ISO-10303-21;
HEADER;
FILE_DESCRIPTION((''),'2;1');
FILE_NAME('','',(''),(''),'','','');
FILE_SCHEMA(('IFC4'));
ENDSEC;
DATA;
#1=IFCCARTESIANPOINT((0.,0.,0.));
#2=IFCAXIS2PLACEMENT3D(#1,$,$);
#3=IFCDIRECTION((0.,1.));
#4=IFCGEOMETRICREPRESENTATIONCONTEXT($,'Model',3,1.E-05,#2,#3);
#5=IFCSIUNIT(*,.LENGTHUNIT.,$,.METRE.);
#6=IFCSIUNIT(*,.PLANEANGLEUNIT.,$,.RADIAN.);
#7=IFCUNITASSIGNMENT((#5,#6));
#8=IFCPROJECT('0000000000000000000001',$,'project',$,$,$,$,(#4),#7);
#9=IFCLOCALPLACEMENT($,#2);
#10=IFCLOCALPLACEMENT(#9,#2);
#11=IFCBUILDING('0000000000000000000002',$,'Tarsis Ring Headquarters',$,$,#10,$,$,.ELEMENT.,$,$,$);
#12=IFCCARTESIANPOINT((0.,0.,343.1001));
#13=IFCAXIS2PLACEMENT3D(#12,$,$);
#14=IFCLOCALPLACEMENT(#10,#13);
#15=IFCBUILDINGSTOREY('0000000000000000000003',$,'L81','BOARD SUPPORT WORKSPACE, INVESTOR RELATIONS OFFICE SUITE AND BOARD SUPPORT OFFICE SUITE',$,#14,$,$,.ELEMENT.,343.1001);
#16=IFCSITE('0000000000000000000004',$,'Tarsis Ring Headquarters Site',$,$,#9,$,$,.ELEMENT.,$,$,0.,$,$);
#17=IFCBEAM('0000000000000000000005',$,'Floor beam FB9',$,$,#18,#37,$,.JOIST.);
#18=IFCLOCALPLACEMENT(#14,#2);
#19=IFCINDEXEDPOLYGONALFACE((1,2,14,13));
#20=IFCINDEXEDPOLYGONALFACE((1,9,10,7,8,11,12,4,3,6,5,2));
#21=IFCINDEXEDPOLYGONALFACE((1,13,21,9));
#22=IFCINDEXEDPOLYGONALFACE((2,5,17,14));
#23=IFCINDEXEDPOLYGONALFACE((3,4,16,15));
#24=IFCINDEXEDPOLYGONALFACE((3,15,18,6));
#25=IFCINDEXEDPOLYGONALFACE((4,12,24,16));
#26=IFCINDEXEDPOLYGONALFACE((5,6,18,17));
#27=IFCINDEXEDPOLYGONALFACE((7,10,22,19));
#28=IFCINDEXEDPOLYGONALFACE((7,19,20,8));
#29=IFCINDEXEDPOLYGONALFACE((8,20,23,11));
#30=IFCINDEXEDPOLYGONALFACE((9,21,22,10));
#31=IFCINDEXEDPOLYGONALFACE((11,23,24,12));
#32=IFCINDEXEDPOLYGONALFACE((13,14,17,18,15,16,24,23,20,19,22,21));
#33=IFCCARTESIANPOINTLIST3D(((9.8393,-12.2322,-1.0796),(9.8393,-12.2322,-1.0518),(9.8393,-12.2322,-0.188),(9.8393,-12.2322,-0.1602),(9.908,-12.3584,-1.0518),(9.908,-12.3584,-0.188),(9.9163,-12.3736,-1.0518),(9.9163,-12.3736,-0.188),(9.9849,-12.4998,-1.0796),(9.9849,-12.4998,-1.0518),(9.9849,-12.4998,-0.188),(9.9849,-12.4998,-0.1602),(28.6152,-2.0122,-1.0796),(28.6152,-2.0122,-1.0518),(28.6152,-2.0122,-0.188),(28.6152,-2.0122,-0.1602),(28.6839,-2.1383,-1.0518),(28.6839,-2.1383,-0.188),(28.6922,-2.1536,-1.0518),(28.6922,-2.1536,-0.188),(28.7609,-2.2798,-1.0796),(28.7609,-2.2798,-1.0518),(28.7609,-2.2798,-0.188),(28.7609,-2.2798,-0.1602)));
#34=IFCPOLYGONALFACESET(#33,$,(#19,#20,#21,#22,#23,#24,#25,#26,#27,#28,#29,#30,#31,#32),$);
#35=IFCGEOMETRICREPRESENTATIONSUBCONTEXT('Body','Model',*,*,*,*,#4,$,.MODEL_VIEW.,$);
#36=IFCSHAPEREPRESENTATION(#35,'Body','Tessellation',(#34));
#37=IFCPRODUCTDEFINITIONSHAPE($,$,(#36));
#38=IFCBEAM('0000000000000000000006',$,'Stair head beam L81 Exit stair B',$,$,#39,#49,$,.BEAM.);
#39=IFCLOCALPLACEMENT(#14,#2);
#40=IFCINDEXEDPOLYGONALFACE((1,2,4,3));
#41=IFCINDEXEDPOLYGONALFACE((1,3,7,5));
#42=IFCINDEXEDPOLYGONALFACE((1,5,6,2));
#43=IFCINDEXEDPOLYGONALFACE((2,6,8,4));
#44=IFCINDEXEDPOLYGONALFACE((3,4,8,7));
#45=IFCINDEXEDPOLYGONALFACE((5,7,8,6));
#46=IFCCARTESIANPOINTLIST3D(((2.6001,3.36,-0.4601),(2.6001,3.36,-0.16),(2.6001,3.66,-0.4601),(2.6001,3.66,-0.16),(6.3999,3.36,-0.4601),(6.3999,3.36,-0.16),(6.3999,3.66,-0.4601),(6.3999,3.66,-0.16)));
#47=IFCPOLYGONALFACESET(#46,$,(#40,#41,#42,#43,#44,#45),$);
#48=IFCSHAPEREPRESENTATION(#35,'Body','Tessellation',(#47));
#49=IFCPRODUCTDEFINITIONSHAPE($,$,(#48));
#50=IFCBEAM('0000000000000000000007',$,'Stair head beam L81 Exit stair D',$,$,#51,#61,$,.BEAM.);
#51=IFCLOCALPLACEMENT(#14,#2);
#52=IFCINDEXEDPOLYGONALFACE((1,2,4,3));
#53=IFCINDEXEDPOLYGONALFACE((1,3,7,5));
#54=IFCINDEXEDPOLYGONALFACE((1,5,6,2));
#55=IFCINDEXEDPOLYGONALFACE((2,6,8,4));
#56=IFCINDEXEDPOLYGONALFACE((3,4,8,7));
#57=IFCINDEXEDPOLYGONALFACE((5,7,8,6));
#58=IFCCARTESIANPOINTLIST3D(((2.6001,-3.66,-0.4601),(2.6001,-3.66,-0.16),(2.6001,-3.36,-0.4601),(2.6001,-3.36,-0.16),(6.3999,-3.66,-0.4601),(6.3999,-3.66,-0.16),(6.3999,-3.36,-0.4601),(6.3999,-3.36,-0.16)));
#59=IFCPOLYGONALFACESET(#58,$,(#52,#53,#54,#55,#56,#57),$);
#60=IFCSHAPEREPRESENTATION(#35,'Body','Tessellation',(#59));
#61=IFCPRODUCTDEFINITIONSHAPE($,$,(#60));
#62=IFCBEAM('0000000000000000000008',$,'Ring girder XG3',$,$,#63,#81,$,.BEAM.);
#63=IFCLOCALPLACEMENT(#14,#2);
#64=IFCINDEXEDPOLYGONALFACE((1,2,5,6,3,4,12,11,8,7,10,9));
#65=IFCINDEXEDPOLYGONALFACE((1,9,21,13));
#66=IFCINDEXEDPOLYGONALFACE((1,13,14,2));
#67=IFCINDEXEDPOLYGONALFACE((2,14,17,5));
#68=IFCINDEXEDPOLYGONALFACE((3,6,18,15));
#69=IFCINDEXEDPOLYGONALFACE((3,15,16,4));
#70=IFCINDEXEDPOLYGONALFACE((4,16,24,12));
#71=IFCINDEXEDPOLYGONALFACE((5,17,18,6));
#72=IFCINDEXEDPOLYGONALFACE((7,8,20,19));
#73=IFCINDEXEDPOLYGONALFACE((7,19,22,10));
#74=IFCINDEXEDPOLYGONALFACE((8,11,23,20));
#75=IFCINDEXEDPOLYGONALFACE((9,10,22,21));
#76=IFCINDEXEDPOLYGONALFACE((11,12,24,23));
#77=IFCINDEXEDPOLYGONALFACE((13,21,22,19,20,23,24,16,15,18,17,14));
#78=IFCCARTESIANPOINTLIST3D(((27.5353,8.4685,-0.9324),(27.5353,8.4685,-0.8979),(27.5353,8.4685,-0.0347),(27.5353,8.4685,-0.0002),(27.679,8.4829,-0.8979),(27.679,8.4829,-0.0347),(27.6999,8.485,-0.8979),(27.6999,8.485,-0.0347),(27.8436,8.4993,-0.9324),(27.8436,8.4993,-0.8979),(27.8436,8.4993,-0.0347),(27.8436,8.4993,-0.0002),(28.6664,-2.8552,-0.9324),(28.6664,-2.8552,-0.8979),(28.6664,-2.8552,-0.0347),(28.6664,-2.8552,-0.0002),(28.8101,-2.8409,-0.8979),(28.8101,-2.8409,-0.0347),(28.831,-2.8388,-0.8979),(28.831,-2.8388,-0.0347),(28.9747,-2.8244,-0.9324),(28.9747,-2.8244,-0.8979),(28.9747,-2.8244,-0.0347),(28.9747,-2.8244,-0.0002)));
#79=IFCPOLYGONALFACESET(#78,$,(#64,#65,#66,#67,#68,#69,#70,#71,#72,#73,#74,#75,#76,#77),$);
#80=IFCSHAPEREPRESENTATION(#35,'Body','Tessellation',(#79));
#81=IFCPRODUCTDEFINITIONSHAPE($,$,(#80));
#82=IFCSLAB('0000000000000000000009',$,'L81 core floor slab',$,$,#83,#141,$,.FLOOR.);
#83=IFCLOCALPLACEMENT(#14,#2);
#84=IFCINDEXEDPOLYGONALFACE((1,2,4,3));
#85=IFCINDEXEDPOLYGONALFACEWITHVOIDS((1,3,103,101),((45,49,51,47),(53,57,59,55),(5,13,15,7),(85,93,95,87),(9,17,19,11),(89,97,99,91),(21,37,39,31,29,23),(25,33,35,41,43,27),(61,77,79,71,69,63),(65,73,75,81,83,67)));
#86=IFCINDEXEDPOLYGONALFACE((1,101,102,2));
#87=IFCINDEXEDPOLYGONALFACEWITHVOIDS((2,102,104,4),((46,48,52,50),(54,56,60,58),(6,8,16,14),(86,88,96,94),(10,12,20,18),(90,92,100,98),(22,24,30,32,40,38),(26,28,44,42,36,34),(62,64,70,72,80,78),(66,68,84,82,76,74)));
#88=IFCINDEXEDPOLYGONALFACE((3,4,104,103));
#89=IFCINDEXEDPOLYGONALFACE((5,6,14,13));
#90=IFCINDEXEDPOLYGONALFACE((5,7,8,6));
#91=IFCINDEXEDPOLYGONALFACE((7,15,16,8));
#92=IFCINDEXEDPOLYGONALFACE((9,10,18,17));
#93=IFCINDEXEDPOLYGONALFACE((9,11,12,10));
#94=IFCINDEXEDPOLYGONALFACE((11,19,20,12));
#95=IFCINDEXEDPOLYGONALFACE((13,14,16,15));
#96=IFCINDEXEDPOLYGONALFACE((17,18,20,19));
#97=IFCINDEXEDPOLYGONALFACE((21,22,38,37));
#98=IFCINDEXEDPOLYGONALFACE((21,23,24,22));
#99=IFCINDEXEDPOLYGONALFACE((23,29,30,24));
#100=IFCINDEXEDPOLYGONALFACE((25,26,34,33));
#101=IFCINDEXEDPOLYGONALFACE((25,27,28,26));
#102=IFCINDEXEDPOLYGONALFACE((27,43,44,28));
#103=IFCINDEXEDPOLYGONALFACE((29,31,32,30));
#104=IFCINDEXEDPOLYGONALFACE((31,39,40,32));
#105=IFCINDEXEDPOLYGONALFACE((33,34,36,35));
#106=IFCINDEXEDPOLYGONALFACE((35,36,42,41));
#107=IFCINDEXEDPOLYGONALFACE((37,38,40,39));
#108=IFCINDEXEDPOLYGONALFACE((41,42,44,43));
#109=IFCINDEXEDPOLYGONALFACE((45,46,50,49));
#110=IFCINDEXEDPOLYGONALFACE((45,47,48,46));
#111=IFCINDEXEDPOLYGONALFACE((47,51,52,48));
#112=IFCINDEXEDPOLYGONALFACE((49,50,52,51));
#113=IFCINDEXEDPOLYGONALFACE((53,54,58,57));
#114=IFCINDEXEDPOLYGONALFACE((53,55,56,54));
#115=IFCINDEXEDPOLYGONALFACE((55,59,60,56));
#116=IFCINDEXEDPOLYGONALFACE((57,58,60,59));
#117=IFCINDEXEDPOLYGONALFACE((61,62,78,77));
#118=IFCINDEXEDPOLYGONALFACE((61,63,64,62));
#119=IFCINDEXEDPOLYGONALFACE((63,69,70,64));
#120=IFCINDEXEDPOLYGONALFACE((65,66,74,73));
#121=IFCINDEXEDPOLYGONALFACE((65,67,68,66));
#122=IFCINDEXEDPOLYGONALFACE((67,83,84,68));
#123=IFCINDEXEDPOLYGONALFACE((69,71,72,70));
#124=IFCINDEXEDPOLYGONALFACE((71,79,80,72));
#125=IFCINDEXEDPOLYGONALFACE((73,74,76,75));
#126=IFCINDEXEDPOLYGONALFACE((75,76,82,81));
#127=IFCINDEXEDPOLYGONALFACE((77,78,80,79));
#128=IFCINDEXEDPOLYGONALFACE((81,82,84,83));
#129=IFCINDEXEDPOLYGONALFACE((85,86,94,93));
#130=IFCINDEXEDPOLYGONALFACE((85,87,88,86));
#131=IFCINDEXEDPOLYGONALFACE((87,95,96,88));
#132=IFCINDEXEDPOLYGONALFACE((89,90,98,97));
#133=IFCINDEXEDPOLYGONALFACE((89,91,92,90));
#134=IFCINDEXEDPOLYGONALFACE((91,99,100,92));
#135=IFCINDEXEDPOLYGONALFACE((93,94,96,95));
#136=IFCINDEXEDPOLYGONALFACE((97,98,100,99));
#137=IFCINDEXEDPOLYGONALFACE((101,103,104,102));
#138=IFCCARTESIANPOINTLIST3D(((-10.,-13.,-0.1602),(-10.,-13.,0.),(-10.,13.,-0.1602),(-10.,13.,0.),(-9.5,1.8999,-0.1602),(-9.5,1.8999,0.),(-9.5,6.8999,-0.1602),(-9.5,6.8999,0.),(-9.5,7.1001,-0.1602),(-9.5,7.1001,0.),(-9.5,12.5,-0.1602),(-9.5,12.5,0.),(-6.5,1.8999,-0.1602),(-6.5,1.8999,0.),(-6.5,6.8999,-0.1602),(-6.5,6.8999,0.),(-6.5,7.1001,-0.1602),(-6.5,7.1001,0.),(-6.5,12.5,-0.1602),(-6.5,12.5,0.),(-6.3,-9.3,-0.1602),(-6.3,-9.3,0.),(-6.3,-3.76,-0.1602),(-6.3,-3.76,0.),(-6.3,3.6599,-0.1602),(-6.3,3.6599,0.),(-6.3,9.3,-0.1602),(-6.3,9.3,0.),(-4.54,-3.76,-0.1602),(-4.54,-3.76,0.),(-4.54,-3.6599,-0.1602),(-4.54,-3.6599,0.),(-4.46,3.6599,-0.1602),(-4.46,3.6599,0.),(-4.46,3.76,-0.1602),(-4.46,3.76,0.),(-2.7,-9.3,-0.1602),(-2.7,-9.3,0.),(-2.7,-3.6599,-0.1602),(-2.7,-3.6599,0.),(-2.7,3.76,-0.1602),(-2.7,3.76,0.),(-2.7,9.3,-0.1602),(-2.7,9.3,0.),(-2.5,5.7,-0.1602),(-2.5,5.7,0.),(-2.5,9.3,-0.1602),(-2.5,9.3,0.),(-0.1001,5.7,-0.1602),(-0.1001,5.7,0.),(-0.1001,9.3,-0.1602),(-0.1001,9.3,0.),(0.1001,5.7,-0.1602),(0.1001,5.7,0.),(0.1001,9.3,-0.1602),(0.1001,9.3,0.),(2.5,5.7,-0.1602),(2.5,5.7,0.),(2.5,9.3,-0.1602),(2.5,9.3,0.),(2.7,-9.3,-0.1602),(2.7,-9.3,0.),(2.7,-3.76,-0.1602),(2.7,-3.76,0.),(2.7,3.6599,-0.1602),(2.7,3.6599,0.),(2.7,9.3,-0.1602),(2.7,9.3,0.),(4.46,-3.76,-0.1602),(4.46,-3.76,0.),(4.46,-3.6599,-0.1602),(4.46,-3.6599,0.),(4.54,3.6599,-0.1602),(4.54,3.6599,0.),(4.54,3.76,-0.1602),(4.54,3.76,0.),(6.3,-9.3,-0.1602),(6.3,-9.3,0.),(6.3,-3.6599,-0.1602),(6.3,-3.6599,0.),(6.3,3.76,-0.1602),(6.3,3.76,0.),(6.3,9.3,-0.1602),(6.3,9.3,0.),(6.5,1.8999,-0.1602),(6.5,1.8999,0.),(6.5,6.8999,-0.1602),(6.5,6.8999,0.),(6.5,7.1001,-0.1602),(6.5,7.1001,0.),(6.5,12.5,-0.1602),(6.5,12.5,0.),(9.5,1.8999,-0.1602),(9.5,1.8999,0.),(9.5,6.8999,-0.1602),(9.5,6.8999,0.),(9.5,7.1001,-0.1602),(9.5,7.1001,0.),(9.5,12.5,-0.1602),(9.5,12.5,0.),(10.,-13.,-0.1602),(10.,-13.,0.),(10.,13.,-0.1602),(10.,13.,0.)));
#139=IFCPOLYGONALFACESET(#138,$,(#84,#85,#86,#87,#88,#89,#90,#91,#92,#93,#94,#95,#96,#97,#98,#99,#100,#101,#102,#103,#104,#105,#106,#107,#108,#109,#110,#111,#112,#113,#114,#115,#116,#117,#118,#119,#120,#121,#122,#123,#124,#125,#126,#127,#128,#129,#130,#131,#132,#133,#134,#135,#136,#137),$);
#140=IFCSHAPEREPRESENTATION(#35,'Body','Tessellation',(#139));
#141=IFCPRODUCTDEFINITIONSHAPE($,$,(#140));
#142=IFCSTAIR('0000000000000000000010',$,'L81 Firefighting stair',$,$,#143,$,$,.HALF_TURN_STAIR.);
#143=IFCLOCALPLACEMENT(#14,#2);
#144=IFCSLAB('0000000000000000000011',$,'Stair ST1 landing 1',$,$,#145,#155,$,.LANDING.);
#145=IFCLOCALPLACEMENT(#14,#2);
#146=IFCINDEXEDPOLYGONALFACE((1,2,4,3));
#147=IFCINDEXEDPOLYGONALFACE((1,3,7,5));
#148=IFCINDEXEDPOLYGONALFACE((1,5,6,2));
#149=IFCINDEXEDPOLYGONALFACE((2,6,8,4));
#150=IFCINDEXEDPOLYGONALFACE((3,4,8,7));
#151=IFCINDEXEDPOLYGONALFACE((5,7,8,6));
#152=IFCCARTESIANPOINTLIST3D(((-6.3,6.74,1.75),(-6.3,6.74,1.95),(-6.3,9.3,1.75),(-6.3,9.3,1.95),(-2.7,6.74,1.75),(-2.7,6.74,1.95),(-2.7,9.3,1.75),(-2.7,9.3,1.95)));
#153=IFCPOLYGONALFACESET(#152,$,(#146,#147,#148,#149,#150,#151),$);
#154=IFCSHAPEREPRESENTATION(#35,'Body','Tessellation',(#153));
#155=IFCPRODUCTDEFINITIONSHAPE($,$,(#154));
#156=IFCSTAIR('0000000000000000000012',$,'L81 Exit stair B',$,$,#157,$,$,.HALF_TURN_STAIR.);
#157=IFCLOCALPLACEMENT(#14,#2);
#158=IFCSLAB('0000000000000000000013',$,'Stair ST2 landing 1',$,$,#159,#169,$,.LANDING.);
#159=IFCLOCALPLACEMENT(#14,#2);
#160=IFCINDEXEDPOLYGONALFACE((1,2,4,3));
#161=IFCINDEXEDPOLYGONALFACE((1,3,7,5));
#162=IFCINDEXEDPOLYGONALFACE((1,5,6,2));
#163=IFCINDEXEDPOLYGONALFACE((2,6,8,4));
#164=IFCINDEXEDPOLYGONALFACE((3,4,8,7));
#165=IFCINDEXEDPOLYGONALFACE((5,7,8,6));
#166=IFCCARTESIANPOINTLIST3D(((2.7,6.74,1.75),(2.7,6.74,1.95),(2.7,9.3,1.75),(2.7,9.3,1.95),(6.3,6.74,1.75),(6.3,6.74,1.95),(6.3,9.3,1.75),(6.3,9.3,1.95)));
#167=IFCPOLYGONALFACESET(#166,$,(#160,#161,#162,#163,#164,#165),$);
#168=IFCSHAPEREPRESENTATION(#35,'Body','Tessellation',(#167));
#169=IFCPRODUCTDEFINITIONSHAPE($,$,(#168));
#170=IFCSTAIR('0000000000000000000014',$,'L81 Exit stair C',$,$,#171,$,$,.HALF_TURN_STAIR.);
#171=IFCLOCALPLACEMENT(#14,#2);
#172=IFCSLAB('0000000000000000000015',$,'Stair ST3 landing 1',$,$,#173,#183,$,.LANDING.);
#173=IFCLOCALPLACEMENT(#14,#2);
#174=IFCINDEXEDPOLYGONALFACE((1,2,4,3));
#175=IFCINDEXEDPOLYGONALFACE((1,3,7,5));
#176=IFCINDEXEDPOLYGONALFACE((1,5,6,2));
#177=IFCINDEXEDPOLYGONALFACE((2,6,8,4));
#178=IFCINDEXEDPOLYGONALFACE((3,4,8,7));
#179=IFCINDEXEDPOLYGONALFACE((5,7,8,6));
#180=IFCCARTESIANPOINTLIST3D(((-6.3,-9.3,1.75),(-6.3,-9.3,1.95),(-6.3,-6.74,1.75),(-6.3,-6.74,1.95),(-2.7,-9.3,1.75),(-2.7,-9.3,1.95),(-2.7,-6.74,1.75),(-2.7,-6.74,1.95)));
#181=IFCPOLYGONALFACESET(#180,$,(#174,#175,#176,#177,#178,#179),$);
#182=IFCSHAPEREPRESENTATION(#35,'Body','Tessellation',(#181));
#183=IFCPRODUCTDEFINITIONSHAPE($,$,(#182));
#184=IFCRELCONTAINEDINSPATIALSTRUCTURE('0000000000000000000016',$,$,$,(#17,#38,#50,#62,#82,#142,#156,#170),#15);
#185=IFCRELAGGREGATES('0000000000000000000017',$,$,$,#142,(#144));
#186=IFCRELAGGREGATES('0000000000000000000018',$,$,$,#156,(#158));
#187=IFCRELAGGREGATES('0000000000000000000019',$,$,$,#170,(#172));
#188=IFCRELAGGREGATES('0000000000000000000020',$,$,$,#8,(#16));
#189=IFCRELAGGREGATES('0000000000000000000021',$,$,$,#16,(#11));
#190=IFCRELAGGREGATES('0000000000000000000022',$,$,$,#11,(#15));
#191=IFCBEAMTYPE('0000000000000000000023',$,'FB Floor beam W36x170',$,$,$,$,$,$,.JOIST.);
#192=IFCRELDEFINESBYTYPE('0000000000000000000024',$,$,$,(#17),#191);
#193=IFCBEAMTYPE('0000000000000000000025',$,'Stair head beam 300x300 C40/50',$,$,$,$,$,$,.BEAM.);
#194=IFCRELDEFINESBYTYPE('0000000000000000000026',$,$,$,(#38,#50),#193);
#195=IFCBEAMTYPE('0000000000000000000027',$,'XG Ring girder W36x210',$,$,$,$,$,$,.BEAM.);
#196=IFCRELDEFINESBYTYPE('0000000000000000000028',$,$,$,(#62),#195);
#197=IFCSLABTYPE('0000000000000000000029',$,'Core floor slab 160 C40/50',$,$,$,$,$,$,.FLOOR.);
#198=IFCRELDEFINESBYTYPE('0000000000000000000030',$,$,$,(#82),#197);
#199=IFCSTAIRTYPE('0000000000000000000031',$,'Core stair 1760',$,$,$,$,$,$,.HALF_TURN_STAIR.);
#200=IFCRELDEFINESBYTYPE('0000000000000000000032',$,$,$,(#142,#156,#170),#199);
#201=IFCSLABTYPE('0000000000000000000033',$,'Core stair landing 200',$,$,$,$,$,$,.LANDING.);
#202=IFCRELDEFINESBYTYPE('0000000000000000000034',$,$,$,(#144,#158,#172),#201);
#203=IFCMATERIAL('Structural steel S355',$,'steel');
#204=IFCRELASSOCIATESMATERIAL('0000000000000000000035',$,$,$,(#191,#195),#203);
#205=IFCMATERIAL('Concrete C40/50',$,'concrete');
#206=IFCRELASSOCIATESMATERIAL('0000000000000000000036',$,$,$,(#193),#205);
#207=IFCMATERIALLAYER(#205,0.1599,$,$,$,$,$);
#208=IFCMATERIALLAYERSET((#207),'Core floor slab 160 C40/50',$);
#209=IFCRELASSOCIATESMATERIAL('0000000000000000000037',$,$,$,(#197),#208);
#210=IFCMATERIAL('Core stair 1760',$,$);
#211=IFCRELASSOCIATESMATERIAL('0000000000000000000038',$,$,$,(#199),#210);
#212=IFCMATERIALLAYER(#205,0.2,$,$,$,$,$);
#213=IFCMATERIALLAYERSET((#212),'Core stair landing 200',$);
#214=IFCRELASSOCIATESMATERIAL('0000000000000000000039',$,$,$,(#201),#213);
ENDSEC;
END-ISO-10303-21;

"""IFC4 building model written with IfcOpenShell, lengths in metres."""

from ifc_helpers import new_model, si_unit, direction, frame, origin, origin_2d, place, context, subcontext, project, spatial, polyline, rectangle, i_section, outline, extrude, material, layer, layer_set, material_profile, profile_set, type_object, element, aggregate, save


model = new_model("IFC4")

# Units and contexts
model_context = context("Model", 3, precision=1e-05, world=origin(), true_north=direction((0.0, 1.0)))
body_context = subcontext(model_context, "Body", "Model", "MODEL_VIEW")
ifc_project = project(units=[si_unit("LENGTHUNIT", "METRE"), si_unit("PLANEANGLEUNIT", "RADIAN")], contexts=[model_context])

# Site, building, storey
site_placement = place(None, origin())
site = spatial("IfcSite", under=ifc_project, at=site_placement, Name="Tarsis Ring Headquarters Site", CompositionType="ELEMENT", RefElevation=0.0)
building_placement = place(site_placement, origin())
building = spatial("IfcBuilding", under=site, at=building_placement, Name="Tarsis Ring Headquarters", CompositionType="ELEMENT")
storey_placement = place(building_placement, frame((0.0, 0.0, 343.1001)))
storey = spatial("IfcBuildingStorey", under=building, at=storey_placement, Name="L81", Description="BOARD SUPPORT WORKSPACE, INVESTOR RELATIONS OFFICE SUITE AND BOARD SUPPORT OFFICE SUITE", CompositionType="ELEMENT", Elevation=343.1001)

# Shared definitions
ifc_material_1 = material(Name="Structural steel S355", Category="steel")

# Beams
ifc_material_profile_1 = material_profile(ifc_material_1, i_section(OverallWidth=0.3047, OverallDepth=0.9194, WebThickness=0.0173, FlangeThickness=0.0278, at=origin_2d()), Name="W36x170")
ifc_profile_set_1 = profile_set([ifc_material_profile_1], Name="Structural steel S355")
beam_type_1 = type_object("IfcBeamType", Name="FB Floor beam W36x170", PredefinedType="JOIST", material=ifc_profile_set_1)
beam_1_placement = place(storey_placement, frame((9.9121, -12.366, -0.6199), z_axis=(0.878316, 0.47808, 0.0), x_axis=(-0.47808, 0.878316, 0.0)))
element("IfcBeam", 1, at=beam_1_placement, inside=storey, type_object=beam_type_1, Name="Floor beam FB9", PredefinedType="JOIST", context=body_context, shape_type="SweptSolid", body=[
    extrude(i_section(OverallWidth=0.3047, OverallDepth=0.9194, WebThickness=0.0173, FlangeThickness=0.0278, at=origin_2d()), origin(), (0.0, 0.0, 1.0), 21.3772),
])
ifc_material_2 = material(Name="Concrete C40/50", Category="concrete")
ifc_material_profile_2 = material_profile(ifc_material_2, rectangle(XDim=0.3, YDim=0.3, at=origin_2d()), Name="Stair head beam 300x300 C40/50")
ifc_profile_set_2 = profile_set([ifc_material_profile_2], Name="Concrete C40/50")
beam_type_2 = type_object("IfcBeamType", Name="Stair head beam 300x300 C40/50", PredefinedType="BEAM", material=ifc_profile_set_2)
for number, where, z_axis, x_axis, name in (
    (2, (2.6001, 3.51, -0.3101), (1.0, 0.0, 0.0), (0.0, 1.0, 0.0), "Stair head beam L81 Exit stair B"),
    (3, (2.6001, -3.51, -0.3101), (1.0, 0.0, 0.0), (0.0, 1.0, 0.0), "Stair head beam L81 Exit stair D"),
):
    element("IfcBeam", number, at=place(storey_placement, frame(where, z_axis=z_axis, x_axis=x_axis)), inside=storey, type_object=beam_type_2, Name=name, PredefinedType="BEAM", context=body_context, shape_type="SweptSolid", body=[
        extrude(rectangle(XDim=0.3, YDim=0.3, at=origin_2d()), origin(), (0.0, 0.0, 1.0), 3.7998),
    ])
ifc_material_profile_3 = material_profile(ifc_material_1, i_section(OverallWidth=0.3098, OverallDepth=0.9321, WebThickness=0.021, FlangeThickness=0.0344, at=origin_2d()), Name="W36x210")
ifc_profile_set_3 = profile_set([ifc_material_profile_3], Name="Structural steel S355")
beam_type_3 = type_object("IfcBeamType", Name="XG Ring girder W36x210", PredefinedType="BEAM", material=ifc_profile_set_3)
beam_2_placement = place(storey_placement, frame((28.8206, -2.8398, -0.4663), z_axis=(-0.099393, 0.995048, 0.0), x_axis=(-0.995048, -0.099393, 0.0)))
element("IfcBeam", 4, at=beam_2_placement, inside=storey, type_object=beam_type_3, Name="Ring girder XG3", PredefinedType="BEAM", context=body_context, shape_type="SweptSolid", body=[
    extrude(i_section(OverallWidth=0.3098, OverallDepth=0.9321, WebThickness=0.021, FlangeThickness=0.0344, at=origin_2d()), origin(), (0.0, 0.0, 1.0), 11.3801),
])

# Slab
ifc_layer_1 = layer(ifc_material_2, 0.1599)
ifc_layer_set_1 = layer_set([ifc_layer_1], Name="Core floor slab 160 C40/50")
slab_type_1 = type_object("IfcSlabType", Name="Core floor slab 160 C40/50", PredefinedType="FLOOR", material=ifc_layer_set_1)
slab_1_placement = place(storey_placement, frame((0.0, 0.0, -0.1602)))
element("IfcSlab", 5, at=slab_1_placement, inside=storey, type_object=slab_type_1, Name="L81 core floor slab", PredefinedType="FLOOR", context=body_context, shape_type="SweptSolid", body=[
    extrude(outline(polyline([(-10.0, -13.0), (10.0, -13.0), (10.0, 13.0), (-10.0, 13.0), (-10.0, -13.0)]), holes=[polyline([(-2.5, 5.7), (-0.1001, 5.7), (-0.1001, 9.3), (-2.5, 9.3), (-2.5, 5.7)]), polyline([(0.1001, 5.7), (2.5, 5.7), (2.5, 9.3), (0.1001, 9.3), (0.1001, 5.7)]), polyline([(-9.5, 1.8999), (-6.5, 1.8999), (-6.5, 6.8999), (-9.5, 6.8999), (-9.5, 1.8999)]), polyline([(-9.5, 7.1001), (-6.5, 7.1001), (-6.5, 12.5), (-9.5, 12.5), (-9.5, 7.1001)]), polyline([(6.5, 1.8999), (9.5, 1.8999), (9.5, 6.8999), (6.5, 6.8999), (6.5, 1.8999)]), polyline([(6.5, 7.1001), (9.5, 7.1001), (9.5, 12.5), (6.5, 12.5), (6.5, 7.1001)]), polyline([(-2.7, 3.76), (-2.7, 9.3), (-6.3, 9.3), (-6.3, 3.6599), (-4.46, 3.6599), (-4.46, 3.76), (-2.7, 3.76)]), polyline([(6.3, 3.76), (6.3, 9.3), (2.7, 9.3), (2.7, 3.6599), (4.54, 3.6599), (4.54, 3.76), (6.3, 3.76)]), polyline([(-6.3, -3.76), (-6.3, -9.3), (-2.7, -9.3), (-2.7, -3.6599), (-4.54, -3.6599), (-4.54, -3.76), (-6.3, -3.76)]), polyline([(2.7, -3.76), (2.7, -9.3), (6.3, -9.3), (6.3, -3.6599), (4.46, -3.6599), (4.46, -3.76), (2.7, -3.76)])]), origin(), (0.0, 0.0, 1.0), 0.1602),
])

# Stairs, slabs
ifc_material_3 = material(Name="Core stair 1760")
stair_type = type_object("IfcStairType", Name="Core stair 1760", PredefinedType="HALF_TURN_STAIR", material=ifc_material_3)
stair_1_placement = place(storey_placement, origin())
stair_1 = element("IfcStair", 6, at=stair_1_placement, inside=storey, type_object=stair_type, Name="L81 Firefighting stair", PredefinedType="HALF_TURN_STAIR")
ifc_layer_2 = layer(ifc_material_2, 0.2)
ifc_layer_set_2 = layer_set([ifc_layer_2], Name="Core stair landing 200")
slab_type_2 = type_object("IfcSlabType", Name="Core stair landing 200", PredefinedType="LANDING", material=ifc_layer_set_2)
slab_2_placement = place(storey_placement, frame((0.0, 0.0, 1.75)))
slab_2 = element("IfcSlab", 7, at=slab_2_placement, type_object=slab_type_2, Name="Stair ST1 landing 1", PredefinedType="LANDING", context=body_context, shape_type="SweptSolid", body=[
    extrude(outline(polyline([(-2.7, 6.74), (-2.7, 9.3), (-6.3, 9.3), (-6.3, 6.74), (-2.7, 6.74)])), origin(), (0.0, 0.0, 1.0), 0.2),
])
aggregate(stair_1, [slab_2])
stair_2_placement = place(storey_placement, origin())
stair_2 = element("IfcStair", 8, at=stair_2_placement, inside=storey, type_object=stair_type, Name="L81 Exit stair B", PredefinedType="HALF_TURN_STAIR")
slab_3_placement = place(storey_placement, frame((0.0, 0.0, 1.75)))
slab_3 = element("IfcSlab", 9, at=slab_3_placement, type_object=slab_type_2, Name="Stair ST2 landing 1", PredefinedType="LANDING", context=body_context, shape_type="SweptSolid", body=[
    extrude(outline(polyline([(6.3, 6.74), (6.3, 9.3), (2.7, 9.3), (2.7, 6.74), (6.3, 6.74)])), origin(), (0.0, 0.0, 1.0), 0.2),
])
aggregate(stair_2, [slab_3])
stair_3_placement = place(storey_placement, origin())
stair_3 = element("IfcStair", 10, at=stair_3_placement, inside=storey, type_object=stair_type, Name="L81 Exit stair C", PredefinedType="HALF_TURN_STAIR")
slab_4_placement = place(storey_placement, frame((0.0, 0.0, 1.75)))
slab_4 = element("IfcSlab", 11, at=slab_4_placement, type_object=slab_type_2, Name="Stair ST3 landing 1", PredefinedType="LANDING", context=body_context, shape_type="SweptSolid", body=[
    extrude(outline(polyline([(-6.3, -6.74), (-6.3, -9.3), (-2.7, -9.3), (-2.7, -6.74), (-6.3, -6.74)])), origin(), (0.0, 0.0, 1.0), 0.2),
])
aggregate(stair_3, [slab_4])

save(model, "model.ifc")
